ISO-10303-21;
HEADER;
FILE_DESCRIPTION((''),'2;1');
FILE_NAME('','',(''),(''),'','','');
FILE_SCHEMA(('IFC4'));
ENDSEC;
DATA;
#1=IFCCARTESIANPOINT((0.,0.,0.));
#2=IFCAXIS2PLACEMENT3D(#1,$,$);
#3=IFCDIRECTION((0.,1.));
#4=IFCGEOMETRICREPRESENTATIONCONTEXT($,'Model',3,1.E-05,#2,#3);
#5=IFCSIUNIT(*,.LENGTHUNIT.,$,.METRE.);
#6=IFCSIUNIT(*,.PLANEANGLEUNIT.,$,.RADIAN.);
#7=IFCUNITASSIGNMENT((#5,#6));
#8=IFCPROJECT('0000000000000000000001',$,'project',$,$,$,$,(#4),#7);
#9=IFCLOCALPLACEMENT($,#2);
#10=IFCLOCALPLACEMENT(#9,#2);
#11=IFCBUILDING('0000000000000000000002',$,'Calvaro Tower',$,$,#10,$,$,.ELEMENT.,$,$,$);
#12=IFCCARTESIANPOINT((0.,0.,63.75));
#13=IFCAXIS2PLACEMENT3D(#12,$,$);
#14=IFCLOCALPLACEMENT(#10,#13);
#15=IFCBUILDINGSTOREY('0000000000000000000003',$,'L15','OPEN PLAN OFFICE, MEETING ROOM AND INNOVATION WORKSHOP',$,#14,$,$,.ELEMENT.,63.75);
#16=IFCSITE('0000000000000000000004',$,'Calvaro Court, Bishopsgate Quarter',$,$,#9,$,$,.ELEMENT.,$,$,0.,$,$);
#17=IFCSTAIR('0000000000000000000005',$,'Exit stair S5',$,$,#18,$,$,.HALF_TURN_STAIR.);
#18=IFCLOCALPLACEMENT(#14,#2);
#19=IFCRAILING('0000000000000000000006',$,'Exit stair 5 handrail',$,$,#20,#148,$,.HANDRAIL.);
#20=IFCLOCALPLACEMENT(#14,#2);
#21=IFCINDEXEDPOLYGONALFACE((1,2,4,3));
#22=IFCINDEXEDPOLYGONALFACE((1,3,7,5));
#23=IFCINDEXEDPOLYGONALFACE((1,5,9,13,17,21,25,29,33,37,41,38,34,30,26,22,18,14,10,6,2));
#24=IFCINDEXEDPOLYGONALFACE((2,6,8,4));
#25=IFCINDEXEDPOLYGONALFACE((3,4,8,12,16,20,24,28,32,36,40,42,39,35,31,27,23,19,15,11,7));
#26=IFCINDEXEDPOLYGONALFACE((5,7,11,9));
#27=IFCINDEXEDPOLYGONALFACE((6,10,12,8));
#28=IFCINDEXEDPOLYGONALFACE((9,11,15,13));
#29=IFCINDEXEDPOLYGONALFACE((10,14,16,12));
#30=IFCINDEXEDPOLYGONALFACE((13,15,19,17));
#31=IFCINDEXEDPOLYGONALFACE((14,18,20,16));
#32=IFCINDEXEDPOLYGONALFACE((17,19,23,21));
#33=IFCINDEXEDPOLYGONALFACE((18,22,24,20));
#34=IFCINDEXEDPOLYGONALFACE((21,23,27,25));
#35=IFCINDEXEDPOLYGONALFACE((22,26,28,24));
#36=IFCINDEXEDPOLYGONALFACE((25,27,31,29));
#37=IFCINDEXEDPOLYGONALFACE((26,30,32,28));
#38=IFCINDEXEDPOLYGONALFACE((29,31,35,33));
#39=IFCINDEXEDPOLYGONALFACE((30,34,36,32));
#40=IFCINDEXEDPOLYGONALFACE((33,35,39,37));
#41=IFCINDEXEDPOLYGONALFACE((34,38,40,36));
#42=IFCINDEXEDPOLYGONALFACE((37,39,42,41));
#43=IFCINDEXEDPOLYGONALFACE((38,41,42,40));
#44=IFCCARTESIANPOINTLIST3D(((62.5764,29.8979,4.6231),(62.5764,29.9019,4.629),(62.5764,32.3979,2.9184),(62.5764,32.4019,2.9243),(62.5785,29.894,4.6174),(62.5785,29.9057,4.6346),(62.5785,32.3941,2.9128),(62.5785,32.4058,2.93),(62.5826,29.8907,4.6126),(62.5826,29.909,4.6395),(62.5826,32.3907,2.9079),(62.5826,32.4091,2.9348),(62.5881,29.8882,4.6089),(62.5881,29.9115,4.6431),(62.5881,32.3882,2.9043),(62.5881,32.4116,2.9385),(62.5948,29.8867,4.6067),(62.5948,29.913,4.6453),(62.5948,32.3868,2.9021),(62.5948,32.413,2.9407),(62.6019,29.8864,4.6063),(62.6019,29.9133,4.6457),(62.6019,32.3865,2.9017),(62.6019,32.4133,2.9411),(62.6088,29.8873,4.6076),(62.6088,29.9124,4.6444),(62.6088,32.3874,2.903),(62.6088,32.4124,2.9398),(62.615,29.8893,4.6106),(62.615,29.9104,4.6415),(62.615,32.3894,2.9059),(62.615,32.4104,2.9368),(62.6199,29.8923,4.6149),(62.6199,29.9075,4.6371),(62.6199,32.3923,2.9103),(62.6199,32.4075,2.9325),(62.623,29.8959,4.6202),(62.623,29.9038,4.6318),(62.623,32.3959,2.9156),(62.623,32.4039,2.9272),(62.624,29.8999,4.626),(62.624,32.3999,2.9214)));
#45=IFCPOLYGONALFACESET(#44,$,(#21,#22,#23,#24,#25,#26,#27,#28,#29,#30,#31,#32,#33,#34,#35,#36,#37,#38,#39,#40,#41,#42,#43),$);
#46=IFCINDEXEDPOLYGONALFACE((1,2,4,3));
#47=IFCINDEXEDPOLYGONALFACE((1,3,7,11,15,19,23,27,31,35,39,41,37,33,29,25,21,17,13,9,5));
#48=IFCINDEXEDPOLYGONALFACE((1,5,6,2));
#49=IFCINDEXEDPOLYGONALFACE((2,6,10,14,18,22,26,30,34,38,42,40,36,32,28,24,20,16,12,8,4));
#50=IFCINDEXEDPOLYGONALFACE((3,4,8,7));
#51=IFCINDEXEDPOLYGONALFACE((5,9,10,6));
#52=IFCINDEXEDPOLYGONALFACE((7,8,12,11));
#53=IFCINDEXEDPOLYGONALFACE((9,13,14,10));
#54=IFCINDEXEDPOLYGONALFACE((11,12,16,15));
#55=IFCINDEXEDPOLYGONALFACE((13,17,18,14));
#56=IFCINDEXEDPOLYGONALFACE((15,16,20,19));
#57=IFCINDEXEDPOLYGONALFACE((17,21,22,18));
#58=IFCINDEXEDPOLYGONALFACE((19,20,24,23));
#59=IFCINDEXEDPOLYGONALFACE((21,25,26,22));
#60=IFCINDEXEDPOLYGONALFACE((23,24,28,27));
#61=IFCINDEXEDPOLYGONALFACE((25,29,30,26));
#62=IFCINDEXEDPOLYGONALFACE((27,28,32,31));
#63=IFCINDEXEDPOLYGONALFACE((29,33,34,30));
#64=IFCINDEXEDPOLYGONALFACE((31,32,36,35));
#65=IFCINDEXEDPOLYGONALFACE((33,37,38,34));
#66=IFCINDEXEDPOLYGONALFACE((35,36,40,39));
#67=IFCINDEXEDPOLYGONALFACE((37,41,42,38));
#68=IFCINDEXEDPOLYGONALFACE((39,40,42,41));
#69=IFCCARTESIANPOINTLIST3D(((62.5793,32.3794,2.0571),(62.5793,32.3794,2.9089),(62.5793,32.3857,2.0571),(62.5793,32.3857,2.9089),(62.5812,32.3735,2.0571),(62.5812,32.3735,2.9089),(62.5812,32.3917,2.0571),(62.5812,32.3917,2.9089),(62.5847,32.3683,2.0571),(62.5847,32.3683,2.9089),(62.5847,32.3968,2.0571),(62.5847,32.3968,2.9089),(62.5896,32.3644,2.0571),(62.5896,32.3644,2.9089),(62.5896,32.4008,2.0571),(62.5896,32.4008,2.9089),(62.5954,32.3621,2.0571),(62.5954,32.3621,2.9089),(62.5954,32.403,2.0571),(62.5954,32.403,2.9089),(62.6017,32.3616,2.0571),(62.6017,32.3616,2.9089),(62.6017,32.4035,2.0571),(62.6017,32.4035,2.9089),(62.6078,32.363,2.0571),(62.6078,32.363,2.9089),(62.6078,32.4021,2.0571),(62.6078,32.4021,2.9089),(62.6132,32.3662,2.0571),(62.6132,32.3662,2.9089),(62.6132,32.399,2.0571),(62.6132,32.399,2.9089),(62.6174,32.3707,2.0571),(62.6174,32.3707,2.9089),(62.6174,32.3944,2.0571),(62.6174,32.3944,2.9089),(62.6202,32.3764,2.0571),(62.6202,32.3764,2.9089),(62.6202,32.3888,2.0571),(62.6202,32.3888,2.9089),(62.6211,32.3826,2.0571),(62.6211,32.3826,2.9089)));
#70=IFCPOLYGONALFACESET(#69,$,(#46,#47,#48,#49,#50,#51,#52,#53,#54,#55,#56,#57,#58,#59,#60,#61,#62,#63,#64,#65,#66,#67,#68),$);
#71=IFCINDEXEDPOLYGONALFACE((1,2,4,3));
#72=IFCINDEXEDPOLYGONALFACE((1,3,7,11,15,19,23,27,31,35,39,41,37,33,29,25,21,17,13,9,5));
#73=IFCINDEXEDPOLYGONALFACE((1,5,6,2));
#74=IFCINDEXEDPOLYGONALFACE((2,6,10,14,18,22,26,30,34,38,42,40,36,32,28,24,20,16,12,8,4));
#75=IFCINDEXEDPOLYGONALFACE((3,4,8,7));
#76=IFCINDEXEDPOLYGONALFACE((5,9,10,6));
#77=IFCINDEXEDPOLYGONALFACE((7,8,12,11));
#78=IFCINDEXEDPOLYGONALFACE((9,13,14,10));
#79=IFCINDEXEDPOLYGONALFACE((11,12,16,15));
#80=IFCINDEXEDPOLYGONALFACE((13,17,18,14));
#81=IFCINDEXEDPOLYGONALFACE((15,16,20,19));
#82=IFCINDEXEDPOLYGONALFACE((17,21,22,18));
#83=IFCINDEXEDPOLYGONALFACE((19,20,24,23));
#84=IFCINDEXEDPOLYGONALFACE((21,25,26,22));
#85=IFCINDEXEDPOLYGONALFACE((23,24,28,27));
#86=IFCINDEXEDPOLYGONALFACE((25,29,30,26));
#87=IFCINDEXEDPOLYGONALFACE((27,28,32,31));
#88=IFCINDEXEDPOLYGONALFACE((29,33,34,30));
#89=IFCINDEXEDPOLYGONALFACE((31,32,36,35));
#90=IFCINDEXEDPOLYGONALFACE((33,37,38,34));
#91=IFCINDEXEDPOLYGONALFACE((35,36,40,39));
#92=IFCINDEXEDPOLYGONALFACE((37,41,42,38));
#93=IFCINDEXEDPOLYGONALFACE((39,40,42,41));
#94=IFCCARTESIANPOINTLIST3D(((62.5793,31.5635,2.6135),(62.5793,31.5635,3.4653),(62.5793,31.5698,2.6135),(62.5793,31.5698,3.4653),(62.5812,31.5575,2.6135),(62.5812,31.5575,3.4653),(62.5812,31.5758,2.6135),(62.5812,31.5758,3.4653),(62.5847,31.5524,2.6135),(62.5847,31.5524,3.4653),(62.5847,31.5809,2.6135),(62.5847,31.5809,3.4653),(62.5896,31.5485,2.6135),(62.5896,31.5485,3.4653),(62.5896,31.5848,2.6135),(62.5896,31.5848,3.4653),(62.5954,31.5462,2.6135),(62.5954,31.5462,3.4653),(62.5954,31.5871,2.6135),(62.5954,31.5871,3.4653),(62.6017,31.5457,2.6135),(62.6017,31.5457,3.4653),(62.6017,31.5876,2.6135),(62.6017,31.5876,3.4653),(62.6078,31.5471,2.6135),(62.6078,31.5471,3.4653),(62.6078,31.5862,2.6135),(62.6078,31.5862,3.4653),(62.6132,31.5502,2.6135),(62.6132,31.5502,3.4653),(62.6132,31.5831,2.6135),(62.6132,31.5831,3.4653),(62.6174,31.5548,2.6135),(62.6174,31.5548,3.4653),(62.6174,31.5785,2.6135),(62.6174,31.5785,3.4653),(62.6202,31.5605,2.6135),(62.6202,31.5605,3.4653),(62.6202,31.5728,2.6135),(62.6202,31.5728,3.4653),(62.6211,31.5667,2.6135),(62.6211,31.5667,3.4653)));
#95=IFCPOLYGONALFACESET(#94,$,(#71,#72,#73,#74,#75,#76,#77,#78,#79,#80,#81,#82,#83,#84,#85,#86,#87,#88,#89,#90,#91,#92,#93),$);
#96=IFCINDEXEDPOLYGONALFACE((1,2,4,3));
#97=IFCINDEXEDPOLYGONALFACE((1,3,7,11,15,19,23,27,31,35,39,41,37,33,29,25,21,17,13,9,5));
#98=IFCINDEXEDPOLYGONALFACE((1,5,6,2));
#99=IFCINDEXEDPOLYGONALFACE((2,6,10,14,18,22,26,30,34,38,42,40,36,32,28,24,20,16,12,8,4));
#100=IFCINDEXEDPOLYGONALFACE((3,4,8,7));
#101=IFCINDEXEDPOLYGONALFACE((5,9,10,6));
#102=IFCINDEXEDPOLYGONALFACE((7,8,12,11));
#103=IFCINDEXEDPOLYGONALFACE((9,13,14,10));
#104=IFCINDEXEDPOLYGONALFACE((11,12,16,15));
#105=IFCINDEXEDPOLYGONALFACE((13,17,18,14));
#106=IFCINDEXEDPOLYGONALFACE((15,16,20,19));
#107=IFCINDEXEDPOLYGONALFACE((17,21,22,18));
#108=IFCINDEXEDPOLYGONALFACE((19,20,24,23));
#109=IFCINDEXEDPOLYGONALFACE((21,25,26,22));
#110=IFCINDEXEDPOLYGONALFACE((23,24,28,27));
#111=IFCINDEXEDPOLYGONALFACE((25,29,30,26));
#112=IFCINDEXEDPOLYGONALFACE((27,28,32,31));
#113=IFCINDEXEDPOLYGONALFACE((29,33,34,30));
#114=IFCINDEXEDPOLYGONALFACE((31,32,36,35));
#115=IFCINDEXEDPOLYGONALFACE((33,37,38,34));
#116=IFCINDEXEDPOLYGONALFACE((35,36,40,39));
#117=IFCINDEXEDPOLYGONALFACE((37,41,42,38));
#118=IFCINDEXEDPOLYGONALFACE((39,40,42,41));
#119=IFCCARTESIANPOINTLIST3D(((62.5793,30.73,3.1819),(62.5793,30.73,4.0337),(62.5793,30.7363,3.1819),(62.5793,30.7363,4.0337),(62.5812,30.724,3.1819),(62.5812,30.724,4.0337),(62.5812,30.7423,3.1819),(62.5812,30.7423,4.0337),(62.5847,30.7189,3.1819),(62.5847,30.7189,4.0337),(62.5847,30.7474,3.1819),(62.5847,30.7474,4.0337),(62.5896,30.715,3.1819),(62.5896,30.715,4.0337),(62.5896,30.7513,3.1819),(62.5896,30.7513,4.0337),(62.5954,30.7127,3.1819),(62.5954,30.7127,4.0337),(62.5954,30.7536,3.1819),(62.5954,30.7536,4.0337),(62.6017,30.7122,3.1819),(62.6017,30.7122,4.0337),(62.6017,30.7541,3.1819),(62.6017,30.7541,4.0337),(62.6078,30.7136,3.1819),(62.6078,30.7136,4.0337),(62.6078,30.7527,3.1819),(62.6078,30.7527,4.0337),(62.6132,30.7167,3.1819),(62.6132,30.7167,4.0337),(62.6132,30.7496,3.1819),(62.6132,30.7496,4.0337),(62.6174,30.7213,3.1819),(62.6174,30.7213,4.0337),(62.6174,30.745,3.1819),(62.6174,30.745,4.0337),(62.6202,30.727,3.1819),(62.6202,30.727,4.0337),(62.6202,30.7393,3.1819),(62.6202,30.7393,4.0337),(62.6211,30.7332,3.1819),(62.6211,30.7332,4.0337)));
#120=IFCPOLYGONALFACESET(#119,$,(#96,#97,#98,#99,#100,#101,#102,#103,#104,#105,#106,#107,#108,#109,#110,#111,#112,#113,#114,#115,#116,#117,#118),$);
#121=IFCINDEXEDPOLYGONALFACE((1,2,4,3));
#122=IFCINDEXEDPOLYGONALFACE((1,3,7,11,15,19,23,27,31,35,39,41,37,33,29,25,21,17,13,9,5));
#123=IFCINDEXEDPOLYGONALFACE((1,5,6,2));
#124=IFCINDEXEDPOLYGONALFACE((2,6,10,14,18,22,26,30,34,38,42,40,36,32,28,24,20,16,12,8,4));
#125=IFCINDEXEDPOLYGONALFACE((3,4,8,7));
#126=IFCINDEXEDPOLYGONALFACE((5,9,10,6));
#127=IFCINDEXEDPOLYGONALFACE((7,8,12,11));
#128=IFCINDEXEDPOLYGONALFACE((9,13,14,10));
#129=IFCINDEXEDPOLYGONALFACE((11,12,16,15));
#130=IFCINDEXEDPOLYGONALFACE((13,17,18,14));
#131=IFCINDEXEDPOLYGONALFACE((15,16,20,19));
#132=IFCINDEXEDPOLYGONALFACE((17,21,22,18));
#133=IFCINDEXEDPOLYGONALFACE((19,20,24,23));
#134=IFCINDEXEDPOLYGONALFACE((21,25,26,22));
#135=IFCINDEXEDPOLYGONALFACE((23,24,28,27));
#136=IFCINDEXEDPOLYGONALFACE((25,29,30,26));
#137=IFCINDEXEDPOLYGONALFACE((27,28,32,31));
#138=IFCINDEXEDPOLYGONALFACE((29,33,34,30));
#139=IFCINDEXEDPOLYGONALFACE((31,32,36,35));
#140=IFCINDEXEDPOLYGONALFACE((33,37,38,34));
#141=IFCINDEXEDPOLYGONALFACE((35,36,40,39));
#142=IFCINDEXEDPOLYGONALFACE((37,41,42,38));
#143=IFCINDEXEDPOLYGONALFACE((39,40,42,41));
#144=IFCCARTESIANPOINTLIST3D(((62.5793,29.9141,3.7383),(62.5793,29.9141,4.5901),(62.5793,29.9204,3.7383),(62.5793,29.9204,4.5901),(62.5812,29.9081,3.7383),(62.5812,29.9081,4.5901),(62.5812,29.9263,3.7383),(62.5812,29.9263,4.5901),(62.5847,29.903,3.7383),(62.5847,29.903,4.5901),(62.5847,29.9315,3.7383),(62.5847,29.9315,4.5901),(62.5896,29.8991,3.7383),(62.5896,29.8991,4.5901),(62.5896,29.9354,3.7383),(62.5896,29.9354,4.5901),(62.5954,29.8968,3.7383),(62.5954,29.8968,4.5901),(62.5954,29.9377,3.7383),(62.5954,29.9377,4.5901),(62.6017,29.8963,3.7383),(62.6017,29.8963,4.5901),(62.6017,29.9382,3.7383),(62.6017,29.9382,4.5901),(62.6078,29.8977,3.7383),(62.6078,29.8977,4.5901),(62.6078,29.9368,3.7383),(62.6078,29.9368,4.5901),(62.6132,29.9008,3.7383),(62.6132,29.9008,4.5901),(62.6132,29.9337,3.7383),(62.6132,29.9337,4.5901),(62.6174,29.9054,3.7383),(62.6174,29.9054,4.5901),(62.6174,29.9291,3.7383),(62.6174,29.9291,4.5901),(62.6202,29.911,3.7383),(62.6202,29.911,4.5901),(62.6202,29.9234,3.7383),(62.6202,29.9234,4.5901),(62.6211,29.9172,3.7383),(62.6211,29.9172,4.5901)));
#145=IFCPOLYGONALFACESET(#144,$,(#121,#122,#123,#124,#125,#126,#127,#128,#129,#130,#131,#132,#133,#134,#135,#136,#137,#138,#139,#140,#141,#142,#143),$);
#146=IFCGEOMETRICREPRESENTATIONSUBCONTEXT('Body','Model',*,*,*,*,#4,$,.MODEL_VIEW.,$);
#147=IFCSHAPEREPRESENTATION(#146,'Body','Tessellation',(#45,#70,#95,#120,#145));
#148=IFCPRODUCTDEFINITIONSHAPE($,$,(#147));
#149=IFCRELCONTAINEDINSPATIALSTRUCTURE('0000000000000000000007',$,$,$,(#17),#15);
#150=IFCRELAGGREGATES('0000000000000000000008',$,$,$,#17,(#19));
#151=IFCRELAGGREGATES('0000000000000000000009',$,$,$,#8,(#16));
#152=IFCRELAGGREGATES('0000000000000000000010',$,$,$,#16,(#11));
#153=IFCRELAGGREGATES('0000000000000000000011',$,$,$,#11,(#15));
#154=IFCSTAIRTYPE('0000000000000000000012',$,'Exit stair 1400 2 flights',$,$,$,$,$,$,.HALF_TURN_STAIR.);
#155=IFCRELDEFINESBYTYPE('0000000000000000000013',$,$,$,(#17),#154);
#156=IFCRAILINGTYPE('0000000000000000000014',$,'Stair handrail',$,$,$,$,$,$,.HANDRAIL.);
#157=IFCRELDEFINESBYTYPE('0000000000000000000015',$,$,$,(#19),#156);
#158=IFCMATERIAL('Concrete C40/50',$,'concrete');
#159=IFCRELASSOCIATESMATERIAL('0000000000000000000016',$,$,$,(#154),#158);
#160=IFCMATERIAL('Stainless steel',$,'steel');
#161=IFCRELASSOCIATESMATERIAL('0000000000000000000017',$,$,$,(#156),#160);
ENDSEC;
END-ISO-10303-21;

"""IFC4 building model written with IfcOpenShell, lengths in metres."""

from ifc_helpers import new_model, si_unit, direction, frame, origin, origin_2d, place, context, subcontext, project, spatial, circle, extrude, material, type_object, element, aggregate, save


model = new_model("IFC4")

# Units and contexts
model_context = context("Model", 3, precision=1e-05, world=origin(), true_north=direction((0.0, 1.0)))
body_context = subcontext(model_context, "Body", "Model", "MODEL_VIEW")
ifc_project = project(units=[si_unit("LENGTHUNIT", "METRE"), si_unit("PLANEANGLEUNIT", "RADIAN")], contexts=[model_context])

# Site, building, storey
site_placement = place(None, origin())
site = spatial("IfcSite", under=ifc_project, at=site_placement, Name="Calvaro Court, Bishopsgate Quarter", CompositionType="ELEMENT", RefElevation=0.0)
building_placement = place(site_placement, origin())
building = spatial("IfcBuilding", under=site, at=building_placement, Name="Calvaro Tower", CompositionType="ELEMENT")
storey_placement = place(building_placement, frame((0.0, 0.0, 63.75)))
storey = spatial("IfcBuildingStorey", under=building, at=storey_placement, Name="L15", Description="OPEN PLAN OFFICE, MEETING ROOM AND INNOVATION WORKSHOP", CompositionType="ELEMENT", Elevation=63.75)

# Stair
ifc_material_1 = material(Name="Concrete C40/50", Category="concrete")
stair_type = type_object("IfcStairType", Name="Exit stair 1400 2 flights", PredefinedType="HALF_TURN_STAIR", material=ifc_material_1)
stair_1_placement = place(storey_placement, origin())
stair_1 = element("IfcStair", 1, at=stair_1_placement, inside=storey, type_object=stair_type, Name="Exit stair S5", PredefinedType="HALF_TURN_STAIR")

# Shared definitions
ifc_material_2 = material(Name="Stainless steel", Category="steel")
railing_type = type_object("IfcRailingType", Name="Stair handrail", PredefinedType="HANDRAIL", material=ifc_material_2)

# Railing
railing_1_placement = place(storey_placement, frame((62.6001, 32.3999, 2.0454)))
railing_1 = element("IfcRailing", 2, at=railing_1_placement, type_object=railing_type, Name="Exit stair 5 handrail", PredefinedType="HANDRAIL", context=body_context, shape_type="SweptSolid", body=[
    extrude(circle(Radius=0.0239, at=origin_2d()), frame((0.0, 0.0, 0.876), z_axis=(0.0, -0.826221, 0.563347), x_axis=(1.0, 0.0, 0.0)), (0.0, 0.0, 1.0), 3.0259),
    extrude(circle(Radius=0.021, at=origin_2d()), frame((0.0, -0.0173, 0.0117)), (0.0, 0.0, 1.0), 0.8518),
    extrude(circle(Radius=0.021, at=origin_2d()), frame((0.0, -0.8333, 0.5681)), (0.0, 0.0, 1.0), 0.8518),
    extrude(circle(Radius=0.021, at=origin_2d()), frame((0.0, -1.6667, 1.1365)), (0.0, 0.0, 1.0), 0.8518),
    extrude(circle(Radius=0.021, at=origin_2d()), frame((0.0, -2.4827, 1.6929)), (0.0, 0.0, 1.0), 0.8518),
])
aggregate(stair_1, [railing_1])

save(model, "model.ifc")
